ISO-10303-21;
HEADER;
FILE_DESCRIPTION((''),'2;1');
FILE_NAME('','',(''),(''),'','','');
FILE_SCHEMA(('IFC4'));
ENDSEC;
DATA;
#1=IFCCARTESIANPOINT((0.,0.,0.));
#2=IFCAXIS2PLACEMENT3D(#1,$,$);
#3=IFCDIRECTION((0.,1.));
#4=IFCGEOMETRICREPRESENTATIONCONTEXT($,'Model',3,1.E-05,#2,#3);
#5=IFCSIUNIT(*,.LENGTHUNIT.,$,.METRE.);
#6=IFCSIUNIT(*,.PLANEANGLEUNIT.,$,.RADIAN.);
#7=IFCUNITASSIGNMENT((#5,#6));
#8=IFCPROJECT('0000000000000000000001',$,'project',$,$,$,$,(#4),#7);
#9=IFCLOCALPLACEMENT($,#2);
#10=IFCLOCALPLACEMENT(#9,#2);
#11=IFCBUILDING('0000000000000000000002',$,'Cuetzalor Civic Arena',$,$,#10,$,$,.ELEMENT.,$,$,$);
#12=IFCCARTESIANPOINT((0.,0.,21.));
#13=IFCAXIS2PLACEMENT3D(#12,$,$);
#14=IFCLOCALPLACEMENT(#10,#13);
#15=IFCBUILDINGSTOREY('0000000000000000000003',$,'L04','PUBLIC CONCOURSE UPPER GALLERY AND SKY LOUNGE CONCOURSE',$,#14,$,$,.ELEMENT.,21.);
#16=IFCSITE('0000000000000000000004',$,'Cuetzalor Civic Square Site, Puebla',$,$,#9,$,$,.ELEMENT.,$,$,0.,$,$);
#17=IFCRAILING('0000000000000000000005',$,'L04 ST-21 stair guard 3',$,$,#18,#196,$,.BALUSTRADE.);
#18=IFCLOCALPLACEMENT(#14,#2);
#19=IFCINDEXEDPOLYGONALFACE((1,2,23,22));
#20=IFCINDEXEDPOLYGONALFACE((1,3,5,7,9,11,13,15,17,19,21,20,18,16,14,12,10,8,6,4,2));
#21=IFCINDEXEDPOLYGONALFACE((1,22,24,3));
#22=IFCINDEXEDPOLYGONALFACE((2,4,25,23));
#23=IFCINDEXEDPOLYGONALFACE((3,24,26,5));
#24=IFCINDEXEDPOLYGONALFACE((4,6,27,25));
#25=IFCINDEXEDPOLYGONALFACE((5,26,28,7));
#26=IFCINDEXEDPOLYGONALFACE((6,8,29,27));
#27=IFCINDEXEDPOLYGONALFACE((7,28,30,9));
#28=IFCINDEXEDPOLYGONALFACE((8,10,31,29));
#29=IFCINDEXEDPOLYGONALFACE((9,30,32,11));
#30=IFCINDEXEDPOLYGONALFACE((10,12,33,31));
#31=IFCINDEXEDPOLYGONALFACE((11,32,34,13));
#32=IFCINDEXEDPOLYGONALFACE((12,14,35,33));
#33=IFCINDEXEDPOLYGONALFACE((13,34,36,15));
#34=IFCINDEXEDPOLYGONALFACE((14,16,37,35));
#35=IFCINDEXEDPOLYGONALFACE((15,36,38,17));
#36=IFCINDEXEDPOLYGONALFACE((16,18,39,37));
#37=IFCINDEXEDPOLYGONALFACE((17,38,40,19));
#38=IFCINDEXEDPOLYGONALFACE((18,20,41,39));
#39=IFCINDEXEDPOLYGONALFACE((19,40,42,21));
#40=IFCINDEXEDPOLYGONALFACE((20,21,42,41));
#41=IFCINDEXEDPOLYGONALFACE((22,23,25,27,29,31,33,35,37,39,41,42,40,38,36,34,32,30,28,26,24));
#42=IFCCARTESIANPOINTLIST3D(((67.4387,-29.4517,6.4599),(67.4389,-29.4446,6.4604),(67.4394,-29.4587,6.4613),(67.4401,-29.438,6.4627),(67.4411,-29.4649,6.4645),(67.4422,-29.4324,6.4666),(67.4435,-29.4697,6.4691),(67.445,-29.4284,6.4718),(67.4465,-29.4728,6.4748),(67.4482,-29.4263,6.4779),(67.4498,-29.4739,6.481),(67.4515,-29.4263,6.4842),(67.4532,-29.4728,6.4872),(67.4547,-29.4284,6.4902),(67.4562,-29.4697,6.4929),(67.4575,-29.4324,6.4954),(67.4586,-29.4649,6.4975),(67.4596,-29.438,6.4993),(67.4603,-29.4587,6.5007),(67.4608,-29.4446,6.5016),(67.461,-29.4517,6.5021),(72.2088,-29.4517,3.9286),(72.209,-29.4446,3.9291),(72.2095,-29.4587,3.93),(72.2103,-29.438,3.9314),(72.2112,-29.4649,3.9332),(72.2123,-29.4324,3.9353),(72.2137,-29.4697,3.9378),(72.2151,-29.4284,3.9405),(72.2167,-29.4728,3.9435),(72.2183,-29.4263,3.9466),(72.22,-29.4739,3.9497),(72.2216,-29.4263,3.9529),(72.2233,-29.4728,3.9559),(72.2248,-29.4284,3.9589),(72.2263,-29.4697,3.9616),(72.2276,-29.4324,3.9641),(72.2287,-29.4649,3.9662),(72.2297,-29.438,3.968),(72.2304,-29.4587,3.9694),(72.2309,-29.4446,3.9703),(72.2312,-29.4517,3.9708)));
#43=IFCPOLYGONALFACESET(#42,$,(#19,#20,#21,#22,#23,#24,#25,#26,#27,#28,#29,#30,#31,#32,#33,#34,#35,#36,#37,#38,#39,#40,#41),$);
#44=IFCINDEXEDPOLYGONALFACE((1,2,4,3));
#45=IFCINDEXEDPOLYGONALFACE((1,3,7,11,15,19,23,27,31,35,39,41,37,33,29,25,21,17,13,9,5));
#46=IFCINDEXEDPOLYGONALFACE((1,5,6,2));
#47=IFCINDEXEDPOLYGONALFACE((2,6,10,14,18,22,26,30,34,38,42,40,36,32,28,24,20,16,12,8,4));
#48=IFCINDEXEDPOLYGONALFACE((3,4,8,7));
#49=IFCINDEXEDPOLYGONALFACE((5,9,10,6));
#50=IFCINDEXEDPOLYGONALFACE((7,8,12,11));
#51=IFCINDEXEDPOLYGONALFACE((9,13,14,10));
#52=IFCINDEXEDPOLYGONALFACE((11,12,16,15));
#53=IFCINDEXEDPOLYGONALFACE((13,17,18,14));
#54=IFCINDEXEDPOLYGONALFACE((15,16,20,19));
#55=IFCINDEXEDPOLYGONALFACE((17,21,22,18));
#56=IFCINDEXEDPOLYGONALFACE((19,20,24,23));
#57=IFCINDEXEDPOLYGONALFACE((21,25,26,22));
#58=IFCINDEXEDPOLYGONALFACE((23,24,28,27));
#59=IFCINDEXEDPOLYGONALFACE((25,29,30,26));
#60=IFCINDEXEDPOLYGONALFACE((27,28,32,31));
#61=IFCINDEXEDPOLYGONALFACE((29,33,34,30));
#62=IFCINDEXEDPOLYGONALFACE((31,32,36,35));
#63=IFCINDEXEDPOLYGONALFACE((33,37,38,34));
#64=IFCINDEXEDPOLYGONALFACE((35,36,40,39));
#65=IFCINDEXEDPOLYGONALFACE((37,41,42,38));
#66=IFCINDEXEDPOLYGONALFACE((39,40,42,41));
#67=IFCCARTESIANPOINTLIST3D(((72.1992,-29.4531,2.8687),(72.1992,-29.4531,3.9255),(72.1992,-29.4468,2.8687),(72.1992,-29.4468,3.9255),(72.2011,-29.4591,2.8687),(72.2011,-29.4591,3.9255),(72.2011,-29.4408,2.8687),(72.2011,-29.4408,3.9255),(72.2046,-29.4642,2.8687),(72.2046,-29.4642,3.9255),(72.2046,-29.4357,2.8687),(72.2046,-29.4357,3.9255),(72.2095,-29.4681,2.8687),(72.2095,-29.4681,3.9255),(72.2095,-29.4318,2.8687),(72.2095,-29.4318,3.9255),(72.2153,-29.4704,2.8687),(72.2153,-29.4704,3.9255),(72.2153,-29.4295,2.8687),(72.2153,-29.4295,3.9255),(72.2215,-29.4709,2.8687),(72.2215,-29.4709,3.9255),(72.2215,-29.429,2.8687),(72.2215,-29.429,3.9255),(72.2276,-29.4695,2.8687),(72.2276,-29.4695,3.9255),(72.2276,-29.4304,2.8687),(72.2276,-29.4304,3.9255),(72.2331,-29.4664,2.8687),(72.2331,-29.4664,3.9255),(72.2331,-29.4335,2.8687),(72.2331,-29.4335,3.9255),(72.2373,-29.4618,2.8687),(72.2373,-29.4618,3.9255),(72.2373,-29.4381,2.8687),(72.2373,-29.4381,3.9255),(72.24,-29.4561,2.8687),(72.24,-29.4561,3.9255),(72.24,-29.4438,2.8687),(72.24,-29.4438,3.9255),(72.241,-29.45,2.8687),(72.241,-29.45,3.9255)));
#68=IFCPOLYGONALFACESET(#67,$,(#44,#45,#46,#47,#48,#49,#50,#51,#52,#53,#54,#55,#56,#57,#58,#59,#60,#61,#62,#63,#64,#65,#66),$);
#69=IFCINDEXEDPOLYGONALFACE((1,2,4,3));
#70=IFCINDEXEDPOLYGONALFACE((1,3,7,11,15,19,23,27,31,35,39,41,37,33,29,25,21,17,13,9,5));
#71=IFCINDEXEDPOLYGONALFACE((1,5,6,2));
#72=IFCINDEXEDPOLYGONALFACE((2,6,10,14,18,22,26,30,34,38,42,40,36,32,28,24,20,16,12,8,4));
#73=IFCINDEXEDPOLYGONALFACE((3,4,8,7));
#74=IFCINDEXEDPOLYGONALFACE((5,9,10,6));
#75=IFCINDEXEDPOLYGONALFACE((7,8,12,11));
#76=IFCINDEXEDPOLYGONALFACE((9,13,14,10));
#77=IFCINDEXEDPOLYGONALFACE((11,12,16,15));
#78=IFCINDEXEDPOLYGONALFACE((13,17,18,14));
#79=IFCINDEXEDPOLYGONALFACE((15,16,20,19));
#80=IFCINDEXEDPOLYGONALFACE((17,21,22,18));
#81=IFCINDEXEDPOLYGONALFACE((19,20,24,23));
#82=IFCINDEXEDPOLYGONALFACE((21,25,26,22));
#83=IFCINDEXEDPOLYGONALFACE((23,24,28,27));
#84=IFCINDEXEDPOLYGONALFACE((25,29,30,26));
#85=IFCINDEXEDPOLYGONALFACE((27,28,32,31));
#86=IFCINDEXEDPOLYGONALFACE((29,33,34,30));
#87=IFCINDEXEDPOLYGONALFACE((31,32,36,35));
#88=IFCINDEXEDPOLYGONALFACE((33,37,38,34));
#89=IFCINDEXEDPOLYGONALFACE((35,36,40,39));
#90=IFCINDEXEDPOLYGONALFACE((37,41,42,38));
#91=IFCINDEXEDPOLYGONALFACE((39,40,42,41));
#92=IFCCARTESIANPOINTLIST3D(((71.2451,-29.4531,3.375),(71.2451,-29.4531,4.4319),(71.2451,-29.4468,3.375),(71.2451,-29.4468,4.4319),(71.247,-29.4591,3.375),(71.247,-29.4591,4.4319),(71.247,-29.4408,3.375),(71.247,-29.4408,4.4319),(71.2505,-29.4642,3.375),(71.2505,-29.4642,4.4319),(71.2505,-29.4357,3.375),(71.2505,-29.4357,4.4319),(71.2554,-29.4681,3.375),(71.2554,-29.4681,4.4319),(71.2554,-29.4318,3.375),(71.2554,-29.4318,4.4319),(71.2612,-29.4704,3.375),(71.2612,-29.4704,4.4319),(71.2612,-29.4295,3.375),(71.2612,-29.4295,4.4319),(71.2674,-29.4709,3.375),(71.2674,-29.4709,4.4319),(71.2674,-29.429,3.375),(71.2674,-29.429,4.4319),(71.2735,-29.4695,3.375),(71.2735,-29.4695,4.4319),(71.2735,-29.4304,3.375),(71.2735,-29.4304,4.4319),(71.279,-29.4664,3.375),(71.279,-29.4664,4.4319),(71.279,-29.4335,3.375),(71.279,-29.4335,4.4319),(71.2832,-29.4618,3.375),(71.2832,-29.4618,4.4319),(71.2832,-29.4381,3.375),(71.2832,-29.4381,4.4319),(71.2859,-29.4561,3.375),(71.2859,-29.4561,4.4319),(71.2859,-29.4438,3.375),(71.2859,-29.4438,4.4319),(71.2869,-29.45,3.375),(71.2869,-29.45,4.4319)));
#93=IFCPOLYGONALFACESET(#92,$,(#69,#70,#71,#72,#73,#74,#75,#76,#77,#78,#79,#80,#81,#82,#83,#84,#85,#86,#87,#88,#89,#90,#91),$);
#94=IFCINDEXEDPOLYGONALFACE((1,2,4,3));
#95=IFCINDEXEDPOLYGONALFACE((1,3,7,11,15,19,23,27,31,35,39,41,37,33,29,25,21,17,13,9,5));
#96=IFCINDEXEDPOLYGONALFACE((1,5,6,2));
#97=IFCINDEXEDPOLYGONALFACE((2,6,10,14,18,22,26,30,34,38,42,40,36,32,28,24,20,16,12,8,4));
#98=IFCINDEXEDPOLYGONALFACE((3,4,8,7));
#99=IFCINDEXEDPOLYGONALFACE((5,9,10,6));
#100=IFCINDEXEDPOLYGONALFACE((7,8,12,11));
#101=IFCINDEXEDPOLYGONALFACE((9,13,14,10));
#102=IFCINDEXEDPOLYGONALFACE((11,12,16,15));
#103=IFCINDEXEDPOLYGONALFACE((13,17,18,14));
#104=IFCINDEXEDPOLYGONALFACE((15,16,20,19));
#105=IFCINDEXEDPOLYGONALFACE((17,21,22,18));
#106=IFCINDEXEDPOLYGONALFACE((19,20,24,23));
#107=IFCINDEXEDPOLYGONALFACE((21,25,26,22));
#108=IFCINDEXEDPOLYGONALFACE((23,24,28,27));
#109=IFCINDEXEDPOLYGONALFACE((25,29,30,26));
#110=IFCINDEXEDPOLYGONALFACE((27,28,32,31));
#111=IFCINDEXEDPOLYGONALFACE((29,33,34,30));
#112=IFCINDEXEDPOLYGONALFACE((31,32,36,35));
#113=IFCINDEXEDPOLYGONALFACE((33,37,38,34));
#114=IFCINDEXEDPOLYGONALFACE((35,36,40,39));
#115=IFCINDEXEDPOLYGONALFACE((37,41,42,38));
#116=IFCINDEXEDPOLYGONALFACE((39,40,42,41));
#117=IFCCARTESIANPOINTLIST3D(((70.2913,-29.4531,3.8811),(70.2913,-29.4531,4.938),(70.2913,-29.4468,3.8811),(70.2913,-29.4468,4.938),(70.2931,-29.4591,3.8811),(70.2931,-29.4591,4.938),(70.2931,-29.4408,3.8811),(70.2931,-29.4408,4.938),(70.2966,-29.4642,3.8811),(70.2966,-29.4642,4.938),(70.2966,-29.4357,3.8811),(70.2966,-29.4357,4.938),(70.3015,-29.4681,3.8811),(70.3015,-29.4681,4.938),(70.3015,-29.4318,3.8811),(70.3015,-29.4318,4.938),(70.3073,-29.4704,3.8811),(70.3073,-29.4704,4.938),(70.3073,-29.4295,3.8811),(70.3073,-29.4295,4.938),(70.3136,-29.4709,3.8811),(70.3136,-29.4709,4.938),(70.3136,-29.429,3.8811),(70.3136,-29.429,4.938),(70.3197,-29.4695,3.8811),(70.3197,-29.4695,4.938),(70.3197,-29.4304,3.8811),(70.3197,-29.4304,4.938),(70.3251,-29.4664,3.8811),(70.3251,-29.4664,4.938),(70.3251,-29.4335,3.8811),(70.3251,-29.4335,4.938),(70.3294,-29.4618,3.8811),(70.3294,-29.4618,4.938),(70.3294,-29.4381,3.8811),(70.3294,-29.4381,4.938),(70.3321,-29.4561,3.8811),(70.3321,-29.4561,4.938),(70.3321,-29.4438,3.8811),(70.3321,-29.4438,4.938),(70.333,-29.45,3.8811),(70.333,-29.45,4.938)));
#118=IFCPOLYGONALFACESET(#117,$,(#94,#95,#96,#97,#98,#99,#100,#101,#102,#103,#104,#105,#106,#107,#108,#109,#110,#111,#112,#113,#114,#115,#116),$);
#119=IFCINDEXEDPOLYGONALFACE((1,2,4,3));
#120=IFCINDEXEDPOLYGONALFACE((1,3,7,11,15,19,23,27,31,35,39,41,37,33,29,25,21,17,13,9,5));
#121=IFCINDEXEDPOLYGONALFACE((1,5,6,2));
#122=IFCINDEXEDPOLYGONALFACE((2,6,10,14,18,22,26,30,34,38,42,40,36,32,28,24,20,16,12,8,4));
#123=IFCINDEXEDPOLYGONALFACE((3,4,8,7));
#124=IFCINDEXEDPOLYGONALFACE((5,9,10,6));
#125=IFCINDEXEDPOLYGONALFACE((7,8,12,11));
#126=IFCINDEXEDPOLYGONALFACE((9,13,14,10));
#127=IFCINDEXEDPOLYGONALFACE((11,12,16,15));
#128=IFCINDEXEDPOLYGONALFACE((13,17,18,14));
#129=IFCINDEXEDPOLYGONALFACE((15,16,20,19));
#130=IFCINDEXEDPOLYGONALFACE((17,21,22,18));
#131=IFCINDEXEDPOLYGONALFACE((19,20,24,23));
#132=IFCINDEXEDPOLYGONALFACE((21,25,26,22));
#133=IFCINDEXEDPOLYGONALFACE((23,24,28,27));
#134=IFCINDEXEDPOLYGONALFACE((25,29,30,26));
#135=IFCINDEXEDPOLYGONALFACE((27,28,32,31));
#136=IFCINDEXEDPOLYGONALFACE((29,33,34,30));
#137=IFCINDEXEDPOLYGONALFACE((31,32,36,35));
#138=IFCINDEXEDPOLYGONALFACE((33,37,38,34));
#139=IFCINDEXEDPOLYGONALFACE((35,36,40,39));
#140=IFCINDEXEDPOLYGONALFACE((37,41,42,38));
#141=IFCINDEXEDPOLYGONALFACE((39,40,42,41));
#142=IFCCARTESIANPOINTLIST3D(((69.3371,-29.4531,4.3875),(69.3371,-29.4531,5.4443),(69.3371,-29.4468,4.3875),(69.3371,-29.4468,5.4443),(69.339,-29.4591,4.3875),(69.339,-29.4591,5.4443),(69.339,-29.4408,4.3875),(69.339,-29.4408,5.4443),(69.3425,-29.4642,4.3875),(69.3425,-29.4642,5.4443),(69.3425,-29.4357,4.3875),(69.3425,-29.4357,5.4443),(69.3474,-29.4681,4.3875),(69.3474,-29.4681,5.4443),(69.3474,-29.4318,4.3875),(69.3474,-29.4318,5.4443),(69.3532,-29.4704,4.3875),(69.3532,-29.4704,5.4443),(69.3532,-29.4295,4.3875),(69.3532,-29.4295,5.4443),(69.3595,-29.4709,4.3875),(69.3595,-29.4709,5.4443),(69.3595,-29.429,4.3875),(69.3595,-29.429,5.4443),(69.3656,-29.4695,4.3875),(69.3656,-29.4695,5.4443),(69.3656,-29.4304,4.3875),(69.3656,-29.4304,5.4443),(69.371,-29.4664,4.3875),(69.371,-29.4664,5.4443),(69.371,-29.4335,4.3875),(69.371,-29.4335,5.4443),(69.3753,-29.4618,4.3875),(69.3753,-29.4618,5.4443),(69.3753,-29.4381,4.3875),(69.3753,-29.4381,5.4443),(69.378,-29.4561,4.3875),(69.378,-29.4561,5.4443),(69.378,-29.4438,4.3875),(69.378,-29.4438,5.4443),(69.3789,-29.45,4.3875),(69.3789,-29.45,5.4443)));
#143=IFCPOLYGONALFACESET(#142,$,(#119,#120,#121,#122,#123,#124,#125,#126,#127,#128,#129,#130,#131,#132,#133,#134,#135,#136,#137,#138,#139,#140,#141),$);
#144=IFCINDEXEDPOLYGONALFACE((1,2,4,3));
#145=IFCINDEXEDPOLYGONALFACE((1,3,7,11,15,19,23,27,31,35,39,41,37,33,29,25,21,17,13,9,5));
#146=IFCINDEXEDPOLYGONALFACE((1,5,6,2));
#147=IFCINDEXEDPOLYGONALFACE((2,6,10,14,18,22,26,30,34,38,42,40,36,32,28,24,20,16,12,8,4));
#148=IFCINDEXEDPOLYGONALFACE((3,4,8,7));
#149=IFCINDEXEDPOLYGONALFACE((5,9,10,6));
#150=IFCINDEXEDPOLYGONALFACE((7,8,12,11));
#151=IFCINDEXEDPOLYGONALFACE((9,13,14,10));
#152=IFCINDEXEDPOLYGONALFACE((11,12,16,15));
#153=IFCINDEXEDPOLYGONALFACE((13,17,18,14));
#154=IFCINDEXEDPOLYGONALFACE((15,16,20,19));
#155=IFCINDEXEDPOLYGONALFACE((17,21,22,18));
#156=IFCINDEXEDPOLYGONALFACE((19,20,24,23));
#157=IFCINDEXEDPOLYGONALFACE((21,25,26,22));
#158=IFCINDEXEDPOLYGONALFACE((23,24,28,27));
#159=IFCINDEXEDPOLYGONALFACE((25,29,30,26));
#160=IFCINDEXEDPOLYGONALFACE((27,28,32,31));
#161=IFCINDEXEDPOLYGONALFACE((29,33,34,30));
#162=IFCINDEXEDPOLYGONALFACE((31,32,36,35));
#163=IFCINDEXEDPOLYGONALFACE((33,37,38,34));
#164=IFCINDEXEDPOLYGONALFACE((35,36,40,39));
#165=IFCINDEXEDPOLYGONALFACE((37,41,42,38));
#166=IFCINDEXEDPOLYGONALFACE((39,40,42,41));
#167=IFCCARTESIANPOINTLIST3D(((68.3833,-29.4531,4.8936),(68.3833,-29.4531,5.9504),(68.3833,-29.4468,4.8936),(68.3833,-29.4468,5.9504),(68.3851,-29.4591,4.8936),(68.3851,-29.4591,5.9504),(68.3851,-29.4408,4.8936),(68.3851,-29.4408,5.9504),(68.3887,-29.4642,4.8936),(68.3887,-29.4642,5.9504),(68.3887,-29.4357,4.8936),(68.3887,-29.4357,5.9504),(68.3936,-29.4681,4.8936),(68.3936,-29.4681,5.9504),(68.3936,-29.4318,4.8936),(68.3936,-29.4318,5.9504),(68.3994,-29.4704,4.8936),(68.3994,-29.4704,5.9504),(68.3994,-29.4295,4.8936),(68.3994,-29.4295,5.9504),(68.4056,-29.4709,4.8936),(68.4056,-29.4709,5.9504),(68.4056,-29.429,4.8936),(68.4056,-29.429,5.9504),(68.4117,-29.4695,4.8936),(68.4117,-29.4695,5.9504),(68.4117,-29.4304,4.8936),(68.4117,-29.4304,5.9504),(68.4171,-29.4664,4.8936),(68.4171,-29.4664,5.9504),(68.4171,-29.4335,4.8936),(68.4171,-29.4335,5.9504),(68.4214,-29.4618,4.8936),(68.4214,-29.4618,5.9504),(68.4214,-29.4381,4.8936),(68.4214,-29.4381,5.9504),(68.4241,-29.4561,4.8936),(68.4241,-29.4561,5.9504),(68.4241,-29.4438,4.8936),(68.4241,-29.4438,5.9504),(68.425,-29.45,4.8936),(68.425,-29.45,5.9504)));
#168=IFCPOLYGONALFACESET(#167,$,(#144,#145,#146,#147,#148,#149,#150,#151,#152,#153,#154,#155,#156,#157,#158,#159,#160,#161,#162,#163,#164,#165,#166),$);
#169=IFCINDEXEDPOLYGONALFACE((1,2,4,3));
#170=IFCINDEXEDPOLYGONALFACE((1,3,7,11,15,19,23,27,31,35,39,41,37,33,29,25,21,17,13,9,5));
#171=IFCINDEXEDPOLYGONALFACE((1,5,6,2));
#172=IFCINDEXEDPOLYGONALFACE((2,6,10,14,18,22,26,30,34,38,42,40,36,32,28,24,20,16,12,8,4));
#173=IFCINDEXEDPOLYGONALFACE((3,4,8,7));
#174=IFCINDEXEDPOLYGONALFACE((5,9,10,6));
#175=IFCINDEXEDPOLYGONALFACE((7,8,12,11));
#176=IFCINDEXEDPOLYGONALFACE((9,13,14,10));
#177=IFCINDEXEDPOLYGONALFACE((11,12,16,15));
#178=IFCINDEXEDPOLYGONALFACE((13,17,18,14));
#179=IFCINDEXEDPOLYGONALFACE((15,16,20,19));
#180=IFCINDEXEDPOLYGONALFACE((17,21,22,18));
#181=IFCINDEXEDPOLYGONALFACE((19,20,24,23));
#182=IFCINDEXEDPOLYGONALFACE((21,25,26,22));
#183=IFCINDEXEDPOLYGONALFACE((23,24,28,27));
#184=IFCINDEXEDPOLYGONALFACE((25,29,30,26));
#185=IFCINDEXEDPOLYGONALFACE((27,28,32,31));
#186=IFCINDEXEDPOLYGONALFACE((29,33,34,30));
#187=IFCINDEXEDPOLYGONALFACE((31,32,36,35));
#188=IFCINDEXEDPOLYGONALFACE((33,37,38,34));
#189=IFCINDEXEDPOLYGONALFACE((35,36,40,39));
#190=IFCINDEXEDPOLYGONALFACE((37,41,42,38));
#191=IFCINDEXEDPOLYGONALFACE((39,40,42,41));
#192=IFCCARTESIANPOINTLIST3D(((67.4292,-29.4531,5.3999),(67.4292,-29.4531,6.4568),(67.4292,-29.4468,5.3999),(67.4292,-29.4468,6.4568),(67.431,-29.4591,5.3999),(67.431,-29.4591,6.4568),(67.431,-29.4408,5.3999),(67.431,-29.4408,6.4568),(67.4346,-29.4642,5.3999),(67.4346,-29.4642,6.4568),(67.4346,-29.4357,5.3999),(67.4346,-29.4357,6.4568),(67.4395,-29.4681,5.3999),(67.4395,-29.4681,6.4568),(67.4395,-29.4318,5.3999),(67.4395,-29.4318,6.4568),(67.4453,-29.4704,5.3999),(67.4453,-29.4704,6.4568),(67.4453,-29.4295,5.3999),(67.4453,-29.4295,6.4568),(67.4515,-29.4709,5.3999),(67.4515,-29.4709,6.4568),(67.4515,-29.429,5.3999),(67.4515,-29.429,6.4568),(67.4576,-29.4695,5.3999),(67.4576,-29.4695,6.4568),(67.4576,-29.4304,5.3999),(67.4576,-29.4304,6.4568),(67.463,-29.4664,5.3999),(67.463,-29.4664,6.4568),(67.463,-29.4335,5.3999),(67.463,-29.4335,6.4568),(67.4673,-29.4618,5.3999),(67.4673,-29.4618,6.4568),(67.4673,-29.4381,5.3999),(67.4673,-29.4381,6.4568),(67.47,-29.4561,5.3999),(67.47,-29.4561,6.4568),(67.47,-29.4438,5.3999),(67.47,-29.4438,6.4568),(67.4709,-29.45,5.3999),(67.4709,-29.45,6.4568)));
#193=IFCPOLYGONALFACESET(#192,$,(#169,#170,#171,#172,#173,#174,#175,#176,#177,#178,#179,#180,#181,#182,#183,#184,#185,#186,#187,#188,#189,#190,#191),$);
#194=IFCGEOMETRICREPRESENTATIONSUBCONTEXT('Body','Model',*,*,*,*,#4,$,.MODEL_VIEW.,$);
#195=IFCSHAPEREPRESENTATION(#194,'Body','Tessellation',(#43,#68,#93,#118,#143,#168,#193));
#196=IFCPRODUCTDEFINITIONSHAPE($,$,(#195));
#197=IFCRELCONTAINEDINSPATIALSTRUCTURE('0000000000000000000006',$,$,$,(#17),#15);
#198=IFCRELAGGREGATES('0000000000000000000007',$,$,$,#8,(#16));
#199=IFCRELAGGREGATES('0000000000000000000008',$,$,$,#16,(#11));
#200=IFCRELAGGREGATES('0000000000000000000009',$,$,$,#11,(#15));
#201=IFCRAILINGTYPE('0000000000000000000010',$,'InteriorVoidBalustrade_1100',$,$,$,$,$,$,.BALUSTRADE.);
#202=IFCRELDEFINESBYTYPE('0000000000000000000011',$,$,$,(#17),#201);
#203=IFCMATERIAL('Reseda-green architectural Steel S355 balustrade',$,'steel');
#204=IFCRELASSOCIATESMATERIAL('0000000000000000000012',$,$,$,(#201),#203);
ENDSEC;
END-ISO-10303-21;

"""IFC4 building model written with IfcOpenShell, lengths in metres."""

from ifc_helpers import new_model, si_unit, direction, frame, origin, origin_2d, place, context, subcontext, project, spatial, circle, extrude, material, type_object, element, save


model = new_model("IFC4")

# Units and contexts
model_context = context("Model", 3, precision=1e-05, world=origin(), true_north=direction((0.0, 1.0)))
body_context = subcontext(model_context, "Body", "Model", "MODEL_VIEW")
ifc_project = project(units=[si_unit("LENGTHUNIT", "METRE"), si_unit("PLANEANGLEUNIT", "RADIAN")], contexts=[model_context])

# Site, building, storey
site_placement = place(None, origin())
site = spatial("IfcSite", under=ifc_project, at=site_placement, Name="Cuetzalor Civic Square Site, Puebla", CompositionType="ELEMENT", RefElevation=0.0)
building_placement = place(site_placement, origin())
building = spatial("IfcBuilding", under=site, at=building_placement, Name="Cuetzalor Civic Arena", CompositionType="ELEMENT")
storey_placement = place(building_placement, frame((0.0, 0.0, 21.0)))
storey = spatial("IfcBuildingStorey", under=building, at=storey_placement, Name="L04", Description="PUBLIC CONCOURSE UPPER GALLERY AND SKY LOUNGE CONCOURSE", CompositionType="ELEMENT", Elevation=21.0)

# Railing
ifc_material_1 = material(Name="Reseda-green architectural Steel S355 balustrade", Category="steel")
railing_type_1 = type_object("IfcRailingType", Name="InteriorVoidBalustrade_1100", PredefinedType="BALUSTRADE", material=ifc_material_1)
railing_1_placement = place(storey_placement, frame((72.22, -29.45, 2.8687)))
element("IfcRailing", 1, at=railing_1_placement, inside=storey, type_object=railing_type_1, Name="L04 ST-21 stair guard 3", PredefinedType="BALUSTRADE", context=body_context, shape_type="SweptSolid", body=[
    extrude(circle(Radius=0.0239, at=origin_2d()), frame((0.0, 0.0, 1.0811), z_axis=(-0.883332, 0.0, 0.468747), x_axis=(0.0, -1.0, 0.0)), (0.0, 0.0, 1.0), 5.4001),
    extrude(circle(Radius=0.021, at=origin_2d()), origin(), (0.0, 0.0, 1.0), 1.0569),
    extrude(circle(Radius=0.021, at=origin_2d()), frame((-0.9541, 0.0, 0.5063)), (0.0, 0.0, 1.0), 1.0569),
    extrude(circle(Radius=0.021, at=origin_2d()), frame((-1.908, 0.0, 1.0125)), (0.0, 0.0, 1.0), 1.0569),
    extrude(circle(Radius=0.021, at=origin_2d()), frame((-2.8621, 0.0, 1.5188)), (0.0, 0.0, 1.0), 1.0569),
    extrude(circle(Radius=0.021, at=origin_2d()), frame((-3.8159, 0.0, 2.0249)), (0.0, 0.0, 1.0), 1.0569),
    extrude(circle(Radius=0.021, at=origin_2d()), frame((-4.77, 0.0, 2.5312)), (0.0, 0.0, 1.0), 1.0569),
])

save(model, "model.ifc")
